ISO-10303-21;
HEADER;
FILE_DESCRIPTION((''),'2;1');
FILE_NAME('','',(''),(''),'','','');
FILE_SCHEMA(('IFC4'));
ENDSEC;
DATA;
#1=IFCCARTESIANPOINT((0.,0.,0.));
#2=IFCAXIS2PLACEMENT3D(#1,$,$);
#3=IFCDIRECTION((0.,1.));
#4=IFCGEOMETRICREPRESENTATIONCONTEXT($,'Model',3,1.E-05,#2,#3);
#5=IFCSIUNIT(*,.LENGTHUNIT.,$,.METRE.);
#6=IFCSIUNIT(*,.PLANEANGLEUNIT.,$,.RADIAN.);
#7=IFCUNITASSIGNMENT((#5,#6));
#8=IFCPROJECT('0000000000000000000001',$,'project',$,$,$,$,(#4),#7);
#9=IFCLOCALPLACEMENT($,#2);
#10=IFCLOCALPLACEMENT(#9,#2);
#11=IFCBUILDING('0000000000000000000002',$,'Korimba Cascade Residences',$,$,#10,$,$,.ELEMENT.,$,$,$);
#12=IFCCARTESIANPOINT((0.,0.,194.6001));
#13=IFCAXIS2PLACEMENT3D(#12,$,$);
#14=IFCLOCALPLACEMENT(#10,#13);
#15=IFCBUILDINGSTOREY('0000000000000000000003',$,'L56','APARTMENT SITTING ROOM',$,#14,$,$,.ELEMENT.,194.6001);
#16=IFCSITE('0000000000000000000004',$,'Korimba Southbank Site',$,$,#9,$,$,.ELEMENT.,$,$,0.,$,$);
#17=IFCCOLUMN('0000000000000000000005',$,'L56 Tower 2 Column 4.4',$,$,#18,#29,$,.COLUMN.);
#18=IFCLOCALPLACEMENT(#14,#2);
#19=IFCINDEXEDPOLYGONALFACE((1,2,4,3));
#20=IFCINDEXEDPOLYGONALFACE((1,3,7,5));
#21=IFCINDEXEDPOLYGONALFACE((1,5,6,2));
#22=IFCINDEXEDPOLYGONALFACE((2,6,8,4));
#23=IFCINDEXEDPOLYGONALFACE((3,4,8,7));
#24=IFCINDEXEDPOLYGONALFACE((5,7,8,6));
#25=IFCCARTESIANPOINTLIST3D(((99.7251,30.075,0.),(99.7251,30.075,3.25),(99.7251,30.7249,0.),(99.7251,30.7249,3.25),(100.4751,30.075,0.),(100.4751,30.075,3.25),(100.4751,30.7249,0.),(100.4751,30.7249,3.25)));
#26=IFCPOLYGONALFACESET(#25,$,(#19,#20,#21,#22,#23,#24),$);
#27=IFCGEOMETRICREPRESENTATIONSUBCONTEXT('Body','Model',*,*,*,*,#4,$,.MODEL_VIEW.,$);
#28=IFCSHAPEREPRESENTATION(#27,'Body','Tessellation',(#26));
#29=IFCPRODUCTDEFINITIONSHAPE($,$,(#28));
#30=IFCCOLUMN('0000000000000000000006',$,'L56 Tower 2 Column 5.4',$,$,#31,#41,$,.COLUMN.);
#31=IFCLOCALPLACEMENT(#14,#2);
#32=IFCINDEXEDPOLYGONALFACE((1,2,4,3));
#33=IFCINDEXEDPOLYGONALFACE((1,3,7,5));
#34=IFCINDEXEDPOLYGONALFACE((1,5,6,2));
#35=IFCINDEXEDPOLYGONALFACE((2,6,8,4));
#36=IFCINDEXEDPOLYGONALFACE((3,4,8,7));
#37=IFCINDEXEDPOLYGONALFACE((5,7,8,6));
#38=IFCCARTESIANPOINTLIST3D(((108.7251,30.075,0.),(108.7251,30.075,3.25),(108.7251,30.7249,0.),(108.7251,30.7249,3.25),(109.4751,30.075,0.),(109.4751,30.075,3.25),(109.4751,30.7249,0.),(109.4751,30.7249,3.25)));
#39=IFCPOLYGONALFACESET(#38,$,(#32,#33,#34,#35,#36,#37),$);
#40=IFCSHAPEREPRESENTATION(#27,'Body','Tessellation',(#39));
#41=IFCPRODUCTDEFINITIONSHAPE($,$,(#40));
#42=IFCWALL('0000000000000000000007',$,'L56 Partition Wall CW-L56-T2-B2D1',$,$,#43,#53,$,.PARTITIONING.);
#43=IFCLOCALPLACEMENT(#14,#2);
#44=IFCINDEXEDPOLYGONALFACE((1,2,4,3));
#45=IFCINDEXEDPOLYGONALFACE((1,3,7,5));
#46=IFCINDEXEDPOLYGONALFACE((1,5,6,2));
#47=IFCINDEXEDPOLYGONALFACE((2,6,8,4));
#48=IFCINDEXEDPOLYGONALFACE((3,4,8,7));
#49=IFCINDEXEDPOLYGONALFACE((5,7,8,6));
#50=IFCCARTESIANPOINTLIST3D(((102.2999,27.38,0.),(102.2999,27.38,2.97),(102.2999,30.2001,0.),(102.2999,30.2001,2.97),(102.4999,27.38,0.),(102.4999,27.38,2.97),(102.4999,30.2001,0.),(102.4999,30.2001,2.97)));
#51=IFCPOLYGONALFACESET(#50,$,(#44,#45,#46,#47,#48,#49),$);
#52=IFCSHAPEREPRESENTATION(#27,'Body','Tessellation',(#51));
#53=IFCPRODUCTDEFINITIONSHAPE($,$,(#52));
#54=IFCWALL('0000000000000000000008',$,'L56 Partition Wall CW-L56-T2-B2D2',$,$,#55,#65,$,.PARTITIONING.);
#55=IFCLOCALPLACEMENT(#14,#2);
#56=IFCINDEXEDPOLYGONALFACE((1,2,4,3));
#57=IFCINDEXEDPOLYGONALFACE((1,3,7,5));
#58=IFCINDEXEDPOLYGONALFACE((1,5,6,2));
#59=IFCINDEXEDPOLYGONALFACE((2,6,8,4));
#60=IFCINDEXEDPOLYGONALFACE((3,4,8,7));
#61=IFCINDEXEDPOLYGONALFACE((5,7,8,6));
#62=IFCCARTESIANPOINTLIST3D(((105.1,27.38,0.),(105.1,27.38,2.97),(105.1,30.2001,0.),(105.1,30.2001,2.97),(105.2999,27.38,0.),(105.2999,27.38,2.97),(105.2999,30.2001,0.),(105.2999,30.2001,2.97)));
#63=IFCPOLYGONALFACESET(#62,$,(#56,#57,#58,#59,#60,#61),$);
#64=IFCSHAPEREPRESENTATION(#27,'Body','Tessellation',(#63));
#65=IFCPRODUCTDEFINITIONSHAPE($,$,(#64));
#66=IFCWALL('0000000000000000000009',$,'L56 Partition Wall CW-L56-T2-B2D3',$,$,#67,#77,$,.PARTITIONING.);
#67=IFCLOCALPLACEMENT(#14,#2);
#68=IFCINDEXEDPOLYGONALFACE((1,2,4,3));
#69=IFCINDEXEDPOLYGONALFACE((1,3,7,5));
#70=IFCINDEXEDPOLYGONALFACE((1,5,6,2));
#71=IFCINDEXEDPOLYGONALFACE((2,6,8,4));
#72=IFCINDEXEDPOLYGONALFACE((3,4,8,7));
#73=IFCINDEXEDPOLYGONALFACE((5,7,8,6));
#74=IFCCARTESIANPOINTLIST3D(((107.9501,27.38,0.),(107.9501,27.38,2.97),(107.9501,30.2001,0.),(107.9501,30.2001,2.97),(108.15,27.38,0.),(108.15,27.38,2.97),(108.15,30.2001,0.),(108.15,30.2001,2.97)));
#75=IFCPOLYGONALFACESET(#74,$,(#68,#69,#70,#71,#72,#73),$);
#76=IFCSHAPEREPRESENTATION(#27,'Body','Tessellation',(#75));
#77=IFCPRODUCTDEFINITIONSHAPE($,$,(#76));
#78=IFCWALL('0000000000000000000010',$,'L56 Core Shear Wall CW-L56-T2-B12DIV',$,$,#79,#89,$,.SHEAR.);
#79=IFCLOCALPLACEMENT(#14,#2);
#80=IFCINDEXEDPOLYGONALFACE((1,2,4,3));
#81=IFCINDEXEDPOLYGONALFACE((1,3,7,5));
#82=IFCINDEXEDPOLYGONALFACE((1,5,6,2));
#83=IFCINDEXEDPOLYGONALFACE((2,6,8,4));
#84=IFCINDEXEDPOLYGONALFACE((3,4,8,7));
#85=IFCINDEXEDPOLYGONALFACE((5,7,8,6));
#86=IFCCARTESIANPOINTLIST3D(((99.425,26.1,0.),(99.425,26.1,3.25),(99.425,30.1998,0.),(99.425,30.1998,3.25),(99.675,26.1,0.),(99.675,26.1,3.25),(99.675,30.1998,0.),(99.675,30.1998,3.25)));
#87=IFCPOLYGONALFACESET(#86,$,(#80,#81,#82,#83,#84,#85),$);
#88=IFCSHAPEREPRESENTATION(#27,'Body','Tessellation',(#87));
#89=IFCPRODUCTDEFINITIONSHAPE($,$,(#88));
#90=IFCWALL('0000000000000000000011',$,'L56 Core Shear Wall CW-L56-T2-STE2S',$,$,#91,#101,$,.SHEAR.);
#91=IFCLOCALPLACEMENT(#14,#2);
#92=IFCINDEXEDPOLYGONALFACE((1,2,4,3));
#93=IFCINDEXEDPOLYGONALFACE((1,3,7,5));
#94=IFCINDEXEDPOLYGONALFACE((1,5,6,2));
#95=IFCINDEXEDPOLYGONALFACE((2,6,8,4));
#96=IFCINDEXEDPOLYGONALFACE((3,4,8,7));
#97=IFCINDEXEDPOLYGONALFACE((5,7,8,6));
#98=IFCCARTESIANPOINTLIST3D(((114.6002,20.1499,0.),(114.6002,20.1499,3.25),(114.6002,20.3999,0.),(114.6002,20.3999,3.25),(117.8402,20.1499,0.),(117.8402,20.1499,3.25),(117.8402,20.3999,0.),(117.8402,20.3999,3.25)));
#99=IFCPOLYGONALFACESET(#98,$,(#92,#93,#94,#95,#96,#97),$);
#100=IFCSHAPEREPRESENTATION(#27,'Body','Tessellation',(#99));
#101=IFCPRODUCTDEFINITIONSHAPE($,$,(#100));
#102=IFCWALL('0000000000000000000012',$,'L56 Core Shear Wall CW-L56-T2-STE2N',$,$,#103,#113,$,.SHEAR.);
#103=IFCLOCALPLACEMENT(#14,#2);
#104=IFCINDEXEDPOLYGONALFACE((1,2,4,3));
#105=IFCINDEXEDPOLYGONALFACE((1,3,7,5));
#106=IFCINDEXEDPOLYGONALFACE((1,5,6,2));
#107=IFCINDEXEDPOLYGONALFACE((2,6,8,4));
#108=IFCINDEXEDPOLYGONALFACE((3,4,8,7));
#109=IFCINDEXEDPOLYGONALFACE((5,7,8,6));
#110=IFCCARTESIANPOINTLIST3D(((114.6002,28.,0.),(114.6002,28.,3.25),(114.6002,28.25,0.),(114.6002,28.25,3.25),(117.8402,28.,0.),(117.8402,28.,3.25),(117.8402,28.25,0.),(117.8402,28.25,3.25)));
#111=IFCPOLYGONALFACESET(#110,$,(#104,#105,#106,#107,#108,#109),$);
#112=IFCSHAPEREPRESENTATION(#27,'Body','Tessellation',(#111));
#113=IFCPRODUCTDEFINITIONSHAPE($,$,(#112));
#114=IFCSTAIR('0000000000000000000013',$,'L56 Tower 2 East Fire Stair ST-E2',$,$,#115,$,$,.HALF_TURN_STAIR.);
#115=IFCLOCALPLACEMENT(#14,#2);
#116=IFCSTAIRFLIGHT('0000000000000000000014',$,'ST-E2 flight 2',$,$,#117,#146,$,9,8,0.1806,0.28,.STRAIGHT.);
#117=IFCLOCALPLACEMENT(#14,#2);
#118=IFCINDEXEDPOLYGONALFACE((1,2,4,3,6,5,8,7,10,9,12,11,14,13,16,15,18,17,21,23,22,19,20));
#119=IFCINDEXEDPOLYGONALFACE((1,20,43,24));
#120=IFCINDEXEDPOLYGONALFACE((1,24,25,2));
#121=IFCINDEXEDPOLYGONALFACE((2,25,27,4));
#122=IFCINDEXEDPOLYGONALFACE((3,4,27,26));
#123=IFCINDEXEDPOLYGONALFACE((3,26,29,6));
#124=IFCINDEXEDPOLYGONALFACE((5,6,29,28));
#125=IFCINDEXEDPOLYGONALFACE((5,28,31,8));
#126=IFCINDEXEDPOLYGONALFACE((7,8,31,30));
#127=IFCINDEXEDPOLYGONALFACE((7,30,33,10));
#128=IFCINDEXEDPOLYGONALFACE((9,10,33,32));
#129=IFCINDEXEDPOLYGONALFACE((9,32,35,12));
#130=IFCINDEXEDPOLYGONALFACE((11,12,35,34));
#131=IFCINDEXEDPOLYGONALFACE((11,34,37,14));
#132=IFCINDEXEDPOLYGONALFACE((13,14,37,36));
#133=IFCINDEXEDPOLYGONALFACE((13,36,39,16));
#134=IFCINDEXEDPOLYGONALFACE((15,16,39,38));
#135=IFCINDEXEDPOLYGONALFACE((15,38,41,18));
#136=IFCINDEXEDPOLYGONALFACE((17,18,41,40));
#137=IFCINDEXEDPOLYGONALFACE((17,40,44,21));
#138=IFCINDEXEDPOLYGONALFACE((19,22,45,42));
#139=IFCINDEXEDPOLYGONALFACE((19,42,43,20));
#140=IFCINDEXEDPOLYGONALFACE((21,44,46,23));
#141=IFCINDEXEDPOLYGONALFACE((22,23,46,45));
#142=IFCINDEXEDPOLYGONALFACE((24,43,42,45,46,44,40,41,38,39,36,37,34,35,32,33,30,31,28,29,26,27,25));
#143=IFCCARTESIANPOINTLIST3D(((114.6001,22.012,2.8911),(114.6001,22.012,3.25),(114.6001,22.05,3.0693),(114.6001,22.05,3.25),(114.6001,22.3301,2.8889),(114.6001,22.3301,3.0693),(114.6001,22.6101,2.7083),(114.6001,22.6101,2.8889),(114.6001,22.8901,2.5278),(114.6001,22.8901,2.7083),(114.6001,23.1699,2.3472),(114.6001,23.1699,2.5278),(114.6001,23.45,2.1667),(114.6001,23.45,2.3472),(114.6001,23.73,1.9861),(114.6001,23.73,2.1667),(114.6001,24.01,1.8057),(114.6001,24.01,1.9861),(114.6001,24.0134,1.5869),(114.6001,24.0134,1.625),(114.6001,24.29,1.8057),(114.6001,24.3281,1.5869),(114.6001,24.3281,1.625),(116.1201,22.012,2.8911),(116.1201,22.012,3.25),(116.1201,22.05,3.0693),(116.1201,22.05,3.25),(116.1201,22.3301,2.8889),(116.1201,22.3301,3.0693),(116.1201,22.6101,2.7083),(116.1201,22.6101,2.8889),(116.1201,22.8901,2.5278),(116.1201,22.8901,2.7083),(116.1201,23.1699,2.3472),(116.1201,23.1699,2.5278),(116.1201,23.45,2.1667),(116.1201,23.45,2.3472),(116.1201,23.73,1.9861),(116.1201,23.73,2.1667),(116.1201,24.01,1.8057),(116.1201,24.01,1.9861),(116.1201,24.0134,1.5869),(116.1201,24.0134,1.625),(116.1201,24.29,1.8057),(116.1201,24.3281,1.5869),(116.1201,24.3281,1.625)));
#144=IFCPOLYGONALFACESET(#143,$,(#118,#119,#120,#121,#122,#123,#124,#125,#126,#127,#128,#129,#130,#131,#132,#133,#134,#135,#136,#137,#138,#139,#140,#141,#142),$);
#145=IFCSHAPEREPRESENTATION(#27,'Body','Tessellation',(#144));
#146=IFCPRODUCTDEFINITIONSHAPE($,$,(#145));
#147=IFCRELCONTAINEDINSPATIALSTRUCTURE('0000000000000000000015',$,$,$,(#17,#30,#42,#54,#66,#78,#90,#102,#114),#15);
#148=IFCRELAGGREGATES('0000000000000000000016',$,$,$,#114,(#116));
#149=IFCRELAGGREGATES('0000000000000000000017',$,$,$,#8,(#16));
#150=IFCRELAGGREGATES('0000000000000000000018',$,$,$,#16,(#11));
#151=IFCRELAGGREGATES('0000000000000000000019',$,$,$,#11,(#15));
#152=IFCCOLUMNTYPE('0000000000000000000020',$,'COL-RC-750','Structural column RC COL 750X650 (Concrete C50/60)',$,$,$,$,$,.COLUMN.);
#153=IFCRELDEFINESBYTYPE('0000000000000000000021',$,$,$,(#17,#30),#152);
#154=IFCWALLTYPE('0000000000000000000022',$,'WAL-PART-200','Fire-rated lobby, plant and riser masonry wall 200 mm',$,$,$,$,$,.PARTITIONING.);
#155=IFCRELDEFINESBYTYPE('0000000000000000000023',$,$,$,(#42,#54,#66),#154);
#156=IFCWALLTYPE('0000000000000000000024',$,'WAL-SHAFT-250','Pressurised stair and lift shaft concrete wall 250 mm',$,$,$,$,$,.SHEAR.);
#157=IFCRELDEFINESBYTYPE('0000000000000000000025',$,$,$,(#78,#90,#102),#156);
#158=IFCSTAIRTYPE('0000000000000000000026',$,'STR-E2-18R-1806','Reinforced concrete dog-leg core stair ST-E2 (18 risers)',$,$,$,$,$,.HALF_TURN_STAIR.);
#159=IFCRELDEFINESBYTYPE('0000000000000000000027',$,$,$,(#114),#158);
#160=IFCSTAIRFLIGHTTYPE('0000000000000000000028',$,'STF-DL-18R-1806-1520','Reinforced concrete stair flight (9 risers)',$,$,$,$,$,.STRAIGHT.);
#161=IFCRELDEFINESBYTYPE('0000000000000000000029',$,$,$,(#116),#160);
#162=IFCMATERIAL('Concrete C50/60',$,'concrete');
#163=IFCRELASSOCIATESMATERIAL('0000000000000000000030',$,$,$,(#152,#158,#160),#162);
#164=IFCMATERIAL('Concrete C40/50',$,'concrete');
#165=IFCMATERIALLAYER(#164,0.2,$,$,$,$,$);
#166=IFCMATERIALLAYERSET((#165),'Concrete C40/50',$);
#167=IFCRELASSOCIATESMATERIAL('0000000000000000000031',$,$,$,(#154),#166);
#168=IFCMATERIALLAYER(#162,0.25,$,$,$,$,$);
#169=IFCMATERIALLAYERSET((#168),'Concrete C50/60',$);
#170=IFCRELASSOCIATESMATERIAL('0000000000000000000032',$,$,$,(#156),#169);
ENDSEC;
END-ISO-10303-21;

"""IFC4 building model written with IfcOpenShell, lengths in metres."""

from ifc_helpers import new_model, si_unit, direction, frame, frame_2d, origin, origin_2d, place, context, subcontext, project, spatial, polyline, rectangle, outline, extrude, material, layer, layer_set, material_profile, profile_set, type_object, element, aggregate, save


model = new_model("IFC4")

# Units and contexts
model_context = context("Model", 3, precision=1e-05, world=origin(), true_north=direction((0.0, 1.0)))
body_context = subcontext(model_context, "Body", "Model", "MODEL_VIEW")
ifc_project = project(units=[si_unit("LENGTHUNIT", "METRE"), si_unit("PLANEANGLEUNIT", "RADIAN")], contexts=[model_context])

# Site, building, storey
site_placement = place(None, origin())
site = spatial("IfcSite", under=ifc_project, at=site_placement, Name="Korimba Southbank Site", CompositionType="ELEMENT", RefElevation=0.0)
building_placement = place(site_placement, origin())
building = spatial("IfcBuilding", under=site, at=building_placement, Name="Korimba Cascade Residences", CompositionType="ELEMENT")
storey_placement = place(building_placement, frame((0.0, 0.0, 194.6001)))
storey = spatial("IfcBuildingStorey", under=building, at=storey_placement, Name="L56", Description="APARTMENT SITTING ROOM", CompositionType="ELEMENT", Elevation=194.6001)

# Columns
ifc_material_1 = material(Name="Concrete C50/60", Category="concrete")
ifc_material_profile = material_profile(ifc_material_1, rectangle(XDim=0.75, YDim=0.6499, at=origin_2d()), Name="Concrete C50/60")
ifc_profile_set = profile_set([ifc_material_profile], Name="Concrete C50/60")
column_type = type_object("IfcColumnType", Name="COL-RC-750", Description="Structural column RC COL 750X650 (Concrete C50/60)", PredefinedType="COLUMN", material=ifc_profile_set)
for number, where, z_axis, x_axis, name in (
    (1, (100.1001, 30.3999, 0.0), (0.0, 0.0, 1.0), (1.0, 0.0, 0.0), "L56 Tower 2 Column 4.4"),
    (2, (109.1001, 30.3999, 0.0), (0.0, 0.0, 1.0), (1.0, 0.0, 0.0), "L56 Tower 2 Column 5.4"),
):
    element("IfcColumn", number, at=place(storey_placement, frame(where, z_axis=z_axis, x_axis=x_axis)), inside=storey, type_object=column_type, Name=name, PredefinedType="COLUMN", context=body_context, shape_type="SweptSolid", body=[
        extrude(rectangle(XDim=0.75, YDim=0.6499, at=origin_2d()), origin(), (0.0, 0.0, 1.0), 3.25),
    ])

# Walls
ifc_material_2 = material(Name="Concrete C40/50", Category="concrete")
ifc_layer_1 = layer(ifc_material_2, 0.2)
ifc_layer_set_1 = layer_set([ifc_layer_1], Name="Concrete C40/50")
wall_type_1 = type_object("IfcWallType", Name="WAL-PART-200", Description="Fire-rated lobby, plant and riser masonry wall 200 mm", PredefinedType="PARTITIONING", material=ifc_layer_set_1)
for number, where, z_axis, x_axis, name in (
    (3, (102.3999, 27.3799, 0.0), (0.0, 0.0, 1.0), (0.0, 1.0, 0.0), "L56 Partition Wall CW-L56-T2-B2D1"),
    (4, (105.2, 27.3799, 0.0), (0.0, 0.0, 1.0), (0.0, 1.0, 0.0), "L56 Partition Wall CW-L56-T2-B2D2"),
    (5, (108.05, 27.3799, 0.0), (0.0, 0.0, 1.0), (0.0, 1.0, 0.0), "L56 Partition Wall CW-L56-T2-B2D3"),
):
    element("IfcWall", number, at=place(storey_placement, frame(where, z_axis=z_axis, x_axis=x_axis)), inside=storey, type_object=wall_type_1, Name=name, PredefinedType="PARTITIONING", context=body_context, shape_type="SweptSolid", body=[
        extrude(rectangle(XDim=2.8201, YDim=0.2, at=frame_2d((1.4102, 0.0))), origin(), (0.0, 0.0, 1.0), 2.97),
    ])
ifc_layer_2 = layer(ifc_material_1, 0.25)
ifc_layer_set_2 = layer_set([ifc_layer_2], Name="Concrete C50/60")
wall_type_2 = type_object("IfcWallType", Name="WAL-SHAFT-250", Description="Pressurised stair and lift shaft concrete wall 250 mm", PredefinedType="SHEAR", material=ifc_layer_set_2)
wall_1_placement = place(storey_placement, frame((99.55, 26.1001, 0.0), z_axis=(0.0, 0.0, 1.0), x_axis=(0.0, 1.0, 0.0)))
element("IfcWall", 6, at=wall_1_placement, inside=storey, type_object=wall_type_2, Name="L56 Core Shear Wall CW-L56-T2-B12DIV", PredefinedType="SHEAR", context=body_context, shape_type="SweptSolid", body=[
    extrude(rectangle(XDim=4.0999, YDim=0.25, at=frame_2d((2.0498, 0.0))), origin(), (0.0, 0.0, 1.0), 3.25),
])

# Walls
for number, where, z_axis, x_axis, name in (
    (7, (114.6001, 20.2749, 0.0), (0.0, 0.0, 1.0), (1.0, 0.0, 0.0), "L56 Core Shear Wall CW-L56-T2-STE2S"),
    (8, (114.6001, 28.125, 0.0), (0.0, 0.0, 1.0), (1.0, 0.0, 0.0), "L56 Core Shear Wall CW-L56-T2-STE2N"),
):
    element("IfcWall", number, at=place(storey_placement, frame(where, z_axis=z_axis, x_axis=x_axis)), inside=storey, type_object=wall_type_2, Name=name, PredefinedType="SHEAR", context=body_context, shape_type="SweptSolid", body=[
        extrude(rectangle(XDim=3.24, YDim=0.25, at=frame_2d((1.6201, 0.0))), origin(), (0.0, 0.0, 1.0), 3.25),
    ])

# Stair, stair flight
stair_type = type_object("IfcStairType", Name="STR-E2-18R-1806", Description="Reinforced concrete dog-leg core stair ST-E2 (18 risers)", PredefinedType="HALF_TURN_STAIR", material=ifc_material_1)
stair_placement = place(storey_placement, origin())
stair = element("IfcStair", 9, at=stair_placement, inside=storey, type_object=stair_type, Name="L56 Tower 2 East Fire Stair ST-E2", PredefinedType="HALF_TURN_STAIR")
stair_flight_type = type_object("IfcStairFlightType", Name="STF-DL-18R-1806-1520", Description="Reinforced concrete stair flight (9 risers)", PredefinedType="STRAIGHT", material=ifc_material_1)
stair_flight_placement = place(storey_placement, frame((115.3601, 24.29, 1.625), z_axis=(0.0, 0.0, 1.0), x_axis=(0.0, -1.0, 0.0)))
stair_flight = element("IfcStairFlight", 10, at=stair_flight_placement, type_object=stair_flight_type, Name="ST-E2 flight 2", NumberOfRisers=9, NumberOfTreads=8, PredefinedType="STRAIGHT", RiserHeight=0.1806, TreadLength=0.28, context=body_context, shape_type="SweptSolid", body=[
    extrude(outline(polyline([(-0.0381, 0.0), (0.0, 0.1807), (0.28, 0.1807), (0.28, 0.3611), (0.5601, 0.3611), (0.5601, 0.5417), (0.8401, 0.5417), (0.8401, 0.7222), (1.1201, 0.7222), (1.1201, 0.9028), (1.3999, 0.9028), (1.3999, 1.0833), (1.6799, 1.0833), (1.6799, 1.2639), (1.96, 1.2639), (1.96, 1.4443), (2.24, 1.4443), (2.24, 1.625), (2.2781, 1.625), (2.2781, 1.2661), (0.2766, 0.0), (0.2766, -0.0381), (-0.0381, -0.0381), (-0.0381, 0.0)])), frame((0.0, 0.76, 0.0), z_axis=(0.0, -1.0, 0.0), x_axis=(1.0, 0.0, 0.0)), (0.0, 0.0, 1.0), 1.52),
])
aggregate(stair, [stair_flight])

save(model, "model.ifc")
